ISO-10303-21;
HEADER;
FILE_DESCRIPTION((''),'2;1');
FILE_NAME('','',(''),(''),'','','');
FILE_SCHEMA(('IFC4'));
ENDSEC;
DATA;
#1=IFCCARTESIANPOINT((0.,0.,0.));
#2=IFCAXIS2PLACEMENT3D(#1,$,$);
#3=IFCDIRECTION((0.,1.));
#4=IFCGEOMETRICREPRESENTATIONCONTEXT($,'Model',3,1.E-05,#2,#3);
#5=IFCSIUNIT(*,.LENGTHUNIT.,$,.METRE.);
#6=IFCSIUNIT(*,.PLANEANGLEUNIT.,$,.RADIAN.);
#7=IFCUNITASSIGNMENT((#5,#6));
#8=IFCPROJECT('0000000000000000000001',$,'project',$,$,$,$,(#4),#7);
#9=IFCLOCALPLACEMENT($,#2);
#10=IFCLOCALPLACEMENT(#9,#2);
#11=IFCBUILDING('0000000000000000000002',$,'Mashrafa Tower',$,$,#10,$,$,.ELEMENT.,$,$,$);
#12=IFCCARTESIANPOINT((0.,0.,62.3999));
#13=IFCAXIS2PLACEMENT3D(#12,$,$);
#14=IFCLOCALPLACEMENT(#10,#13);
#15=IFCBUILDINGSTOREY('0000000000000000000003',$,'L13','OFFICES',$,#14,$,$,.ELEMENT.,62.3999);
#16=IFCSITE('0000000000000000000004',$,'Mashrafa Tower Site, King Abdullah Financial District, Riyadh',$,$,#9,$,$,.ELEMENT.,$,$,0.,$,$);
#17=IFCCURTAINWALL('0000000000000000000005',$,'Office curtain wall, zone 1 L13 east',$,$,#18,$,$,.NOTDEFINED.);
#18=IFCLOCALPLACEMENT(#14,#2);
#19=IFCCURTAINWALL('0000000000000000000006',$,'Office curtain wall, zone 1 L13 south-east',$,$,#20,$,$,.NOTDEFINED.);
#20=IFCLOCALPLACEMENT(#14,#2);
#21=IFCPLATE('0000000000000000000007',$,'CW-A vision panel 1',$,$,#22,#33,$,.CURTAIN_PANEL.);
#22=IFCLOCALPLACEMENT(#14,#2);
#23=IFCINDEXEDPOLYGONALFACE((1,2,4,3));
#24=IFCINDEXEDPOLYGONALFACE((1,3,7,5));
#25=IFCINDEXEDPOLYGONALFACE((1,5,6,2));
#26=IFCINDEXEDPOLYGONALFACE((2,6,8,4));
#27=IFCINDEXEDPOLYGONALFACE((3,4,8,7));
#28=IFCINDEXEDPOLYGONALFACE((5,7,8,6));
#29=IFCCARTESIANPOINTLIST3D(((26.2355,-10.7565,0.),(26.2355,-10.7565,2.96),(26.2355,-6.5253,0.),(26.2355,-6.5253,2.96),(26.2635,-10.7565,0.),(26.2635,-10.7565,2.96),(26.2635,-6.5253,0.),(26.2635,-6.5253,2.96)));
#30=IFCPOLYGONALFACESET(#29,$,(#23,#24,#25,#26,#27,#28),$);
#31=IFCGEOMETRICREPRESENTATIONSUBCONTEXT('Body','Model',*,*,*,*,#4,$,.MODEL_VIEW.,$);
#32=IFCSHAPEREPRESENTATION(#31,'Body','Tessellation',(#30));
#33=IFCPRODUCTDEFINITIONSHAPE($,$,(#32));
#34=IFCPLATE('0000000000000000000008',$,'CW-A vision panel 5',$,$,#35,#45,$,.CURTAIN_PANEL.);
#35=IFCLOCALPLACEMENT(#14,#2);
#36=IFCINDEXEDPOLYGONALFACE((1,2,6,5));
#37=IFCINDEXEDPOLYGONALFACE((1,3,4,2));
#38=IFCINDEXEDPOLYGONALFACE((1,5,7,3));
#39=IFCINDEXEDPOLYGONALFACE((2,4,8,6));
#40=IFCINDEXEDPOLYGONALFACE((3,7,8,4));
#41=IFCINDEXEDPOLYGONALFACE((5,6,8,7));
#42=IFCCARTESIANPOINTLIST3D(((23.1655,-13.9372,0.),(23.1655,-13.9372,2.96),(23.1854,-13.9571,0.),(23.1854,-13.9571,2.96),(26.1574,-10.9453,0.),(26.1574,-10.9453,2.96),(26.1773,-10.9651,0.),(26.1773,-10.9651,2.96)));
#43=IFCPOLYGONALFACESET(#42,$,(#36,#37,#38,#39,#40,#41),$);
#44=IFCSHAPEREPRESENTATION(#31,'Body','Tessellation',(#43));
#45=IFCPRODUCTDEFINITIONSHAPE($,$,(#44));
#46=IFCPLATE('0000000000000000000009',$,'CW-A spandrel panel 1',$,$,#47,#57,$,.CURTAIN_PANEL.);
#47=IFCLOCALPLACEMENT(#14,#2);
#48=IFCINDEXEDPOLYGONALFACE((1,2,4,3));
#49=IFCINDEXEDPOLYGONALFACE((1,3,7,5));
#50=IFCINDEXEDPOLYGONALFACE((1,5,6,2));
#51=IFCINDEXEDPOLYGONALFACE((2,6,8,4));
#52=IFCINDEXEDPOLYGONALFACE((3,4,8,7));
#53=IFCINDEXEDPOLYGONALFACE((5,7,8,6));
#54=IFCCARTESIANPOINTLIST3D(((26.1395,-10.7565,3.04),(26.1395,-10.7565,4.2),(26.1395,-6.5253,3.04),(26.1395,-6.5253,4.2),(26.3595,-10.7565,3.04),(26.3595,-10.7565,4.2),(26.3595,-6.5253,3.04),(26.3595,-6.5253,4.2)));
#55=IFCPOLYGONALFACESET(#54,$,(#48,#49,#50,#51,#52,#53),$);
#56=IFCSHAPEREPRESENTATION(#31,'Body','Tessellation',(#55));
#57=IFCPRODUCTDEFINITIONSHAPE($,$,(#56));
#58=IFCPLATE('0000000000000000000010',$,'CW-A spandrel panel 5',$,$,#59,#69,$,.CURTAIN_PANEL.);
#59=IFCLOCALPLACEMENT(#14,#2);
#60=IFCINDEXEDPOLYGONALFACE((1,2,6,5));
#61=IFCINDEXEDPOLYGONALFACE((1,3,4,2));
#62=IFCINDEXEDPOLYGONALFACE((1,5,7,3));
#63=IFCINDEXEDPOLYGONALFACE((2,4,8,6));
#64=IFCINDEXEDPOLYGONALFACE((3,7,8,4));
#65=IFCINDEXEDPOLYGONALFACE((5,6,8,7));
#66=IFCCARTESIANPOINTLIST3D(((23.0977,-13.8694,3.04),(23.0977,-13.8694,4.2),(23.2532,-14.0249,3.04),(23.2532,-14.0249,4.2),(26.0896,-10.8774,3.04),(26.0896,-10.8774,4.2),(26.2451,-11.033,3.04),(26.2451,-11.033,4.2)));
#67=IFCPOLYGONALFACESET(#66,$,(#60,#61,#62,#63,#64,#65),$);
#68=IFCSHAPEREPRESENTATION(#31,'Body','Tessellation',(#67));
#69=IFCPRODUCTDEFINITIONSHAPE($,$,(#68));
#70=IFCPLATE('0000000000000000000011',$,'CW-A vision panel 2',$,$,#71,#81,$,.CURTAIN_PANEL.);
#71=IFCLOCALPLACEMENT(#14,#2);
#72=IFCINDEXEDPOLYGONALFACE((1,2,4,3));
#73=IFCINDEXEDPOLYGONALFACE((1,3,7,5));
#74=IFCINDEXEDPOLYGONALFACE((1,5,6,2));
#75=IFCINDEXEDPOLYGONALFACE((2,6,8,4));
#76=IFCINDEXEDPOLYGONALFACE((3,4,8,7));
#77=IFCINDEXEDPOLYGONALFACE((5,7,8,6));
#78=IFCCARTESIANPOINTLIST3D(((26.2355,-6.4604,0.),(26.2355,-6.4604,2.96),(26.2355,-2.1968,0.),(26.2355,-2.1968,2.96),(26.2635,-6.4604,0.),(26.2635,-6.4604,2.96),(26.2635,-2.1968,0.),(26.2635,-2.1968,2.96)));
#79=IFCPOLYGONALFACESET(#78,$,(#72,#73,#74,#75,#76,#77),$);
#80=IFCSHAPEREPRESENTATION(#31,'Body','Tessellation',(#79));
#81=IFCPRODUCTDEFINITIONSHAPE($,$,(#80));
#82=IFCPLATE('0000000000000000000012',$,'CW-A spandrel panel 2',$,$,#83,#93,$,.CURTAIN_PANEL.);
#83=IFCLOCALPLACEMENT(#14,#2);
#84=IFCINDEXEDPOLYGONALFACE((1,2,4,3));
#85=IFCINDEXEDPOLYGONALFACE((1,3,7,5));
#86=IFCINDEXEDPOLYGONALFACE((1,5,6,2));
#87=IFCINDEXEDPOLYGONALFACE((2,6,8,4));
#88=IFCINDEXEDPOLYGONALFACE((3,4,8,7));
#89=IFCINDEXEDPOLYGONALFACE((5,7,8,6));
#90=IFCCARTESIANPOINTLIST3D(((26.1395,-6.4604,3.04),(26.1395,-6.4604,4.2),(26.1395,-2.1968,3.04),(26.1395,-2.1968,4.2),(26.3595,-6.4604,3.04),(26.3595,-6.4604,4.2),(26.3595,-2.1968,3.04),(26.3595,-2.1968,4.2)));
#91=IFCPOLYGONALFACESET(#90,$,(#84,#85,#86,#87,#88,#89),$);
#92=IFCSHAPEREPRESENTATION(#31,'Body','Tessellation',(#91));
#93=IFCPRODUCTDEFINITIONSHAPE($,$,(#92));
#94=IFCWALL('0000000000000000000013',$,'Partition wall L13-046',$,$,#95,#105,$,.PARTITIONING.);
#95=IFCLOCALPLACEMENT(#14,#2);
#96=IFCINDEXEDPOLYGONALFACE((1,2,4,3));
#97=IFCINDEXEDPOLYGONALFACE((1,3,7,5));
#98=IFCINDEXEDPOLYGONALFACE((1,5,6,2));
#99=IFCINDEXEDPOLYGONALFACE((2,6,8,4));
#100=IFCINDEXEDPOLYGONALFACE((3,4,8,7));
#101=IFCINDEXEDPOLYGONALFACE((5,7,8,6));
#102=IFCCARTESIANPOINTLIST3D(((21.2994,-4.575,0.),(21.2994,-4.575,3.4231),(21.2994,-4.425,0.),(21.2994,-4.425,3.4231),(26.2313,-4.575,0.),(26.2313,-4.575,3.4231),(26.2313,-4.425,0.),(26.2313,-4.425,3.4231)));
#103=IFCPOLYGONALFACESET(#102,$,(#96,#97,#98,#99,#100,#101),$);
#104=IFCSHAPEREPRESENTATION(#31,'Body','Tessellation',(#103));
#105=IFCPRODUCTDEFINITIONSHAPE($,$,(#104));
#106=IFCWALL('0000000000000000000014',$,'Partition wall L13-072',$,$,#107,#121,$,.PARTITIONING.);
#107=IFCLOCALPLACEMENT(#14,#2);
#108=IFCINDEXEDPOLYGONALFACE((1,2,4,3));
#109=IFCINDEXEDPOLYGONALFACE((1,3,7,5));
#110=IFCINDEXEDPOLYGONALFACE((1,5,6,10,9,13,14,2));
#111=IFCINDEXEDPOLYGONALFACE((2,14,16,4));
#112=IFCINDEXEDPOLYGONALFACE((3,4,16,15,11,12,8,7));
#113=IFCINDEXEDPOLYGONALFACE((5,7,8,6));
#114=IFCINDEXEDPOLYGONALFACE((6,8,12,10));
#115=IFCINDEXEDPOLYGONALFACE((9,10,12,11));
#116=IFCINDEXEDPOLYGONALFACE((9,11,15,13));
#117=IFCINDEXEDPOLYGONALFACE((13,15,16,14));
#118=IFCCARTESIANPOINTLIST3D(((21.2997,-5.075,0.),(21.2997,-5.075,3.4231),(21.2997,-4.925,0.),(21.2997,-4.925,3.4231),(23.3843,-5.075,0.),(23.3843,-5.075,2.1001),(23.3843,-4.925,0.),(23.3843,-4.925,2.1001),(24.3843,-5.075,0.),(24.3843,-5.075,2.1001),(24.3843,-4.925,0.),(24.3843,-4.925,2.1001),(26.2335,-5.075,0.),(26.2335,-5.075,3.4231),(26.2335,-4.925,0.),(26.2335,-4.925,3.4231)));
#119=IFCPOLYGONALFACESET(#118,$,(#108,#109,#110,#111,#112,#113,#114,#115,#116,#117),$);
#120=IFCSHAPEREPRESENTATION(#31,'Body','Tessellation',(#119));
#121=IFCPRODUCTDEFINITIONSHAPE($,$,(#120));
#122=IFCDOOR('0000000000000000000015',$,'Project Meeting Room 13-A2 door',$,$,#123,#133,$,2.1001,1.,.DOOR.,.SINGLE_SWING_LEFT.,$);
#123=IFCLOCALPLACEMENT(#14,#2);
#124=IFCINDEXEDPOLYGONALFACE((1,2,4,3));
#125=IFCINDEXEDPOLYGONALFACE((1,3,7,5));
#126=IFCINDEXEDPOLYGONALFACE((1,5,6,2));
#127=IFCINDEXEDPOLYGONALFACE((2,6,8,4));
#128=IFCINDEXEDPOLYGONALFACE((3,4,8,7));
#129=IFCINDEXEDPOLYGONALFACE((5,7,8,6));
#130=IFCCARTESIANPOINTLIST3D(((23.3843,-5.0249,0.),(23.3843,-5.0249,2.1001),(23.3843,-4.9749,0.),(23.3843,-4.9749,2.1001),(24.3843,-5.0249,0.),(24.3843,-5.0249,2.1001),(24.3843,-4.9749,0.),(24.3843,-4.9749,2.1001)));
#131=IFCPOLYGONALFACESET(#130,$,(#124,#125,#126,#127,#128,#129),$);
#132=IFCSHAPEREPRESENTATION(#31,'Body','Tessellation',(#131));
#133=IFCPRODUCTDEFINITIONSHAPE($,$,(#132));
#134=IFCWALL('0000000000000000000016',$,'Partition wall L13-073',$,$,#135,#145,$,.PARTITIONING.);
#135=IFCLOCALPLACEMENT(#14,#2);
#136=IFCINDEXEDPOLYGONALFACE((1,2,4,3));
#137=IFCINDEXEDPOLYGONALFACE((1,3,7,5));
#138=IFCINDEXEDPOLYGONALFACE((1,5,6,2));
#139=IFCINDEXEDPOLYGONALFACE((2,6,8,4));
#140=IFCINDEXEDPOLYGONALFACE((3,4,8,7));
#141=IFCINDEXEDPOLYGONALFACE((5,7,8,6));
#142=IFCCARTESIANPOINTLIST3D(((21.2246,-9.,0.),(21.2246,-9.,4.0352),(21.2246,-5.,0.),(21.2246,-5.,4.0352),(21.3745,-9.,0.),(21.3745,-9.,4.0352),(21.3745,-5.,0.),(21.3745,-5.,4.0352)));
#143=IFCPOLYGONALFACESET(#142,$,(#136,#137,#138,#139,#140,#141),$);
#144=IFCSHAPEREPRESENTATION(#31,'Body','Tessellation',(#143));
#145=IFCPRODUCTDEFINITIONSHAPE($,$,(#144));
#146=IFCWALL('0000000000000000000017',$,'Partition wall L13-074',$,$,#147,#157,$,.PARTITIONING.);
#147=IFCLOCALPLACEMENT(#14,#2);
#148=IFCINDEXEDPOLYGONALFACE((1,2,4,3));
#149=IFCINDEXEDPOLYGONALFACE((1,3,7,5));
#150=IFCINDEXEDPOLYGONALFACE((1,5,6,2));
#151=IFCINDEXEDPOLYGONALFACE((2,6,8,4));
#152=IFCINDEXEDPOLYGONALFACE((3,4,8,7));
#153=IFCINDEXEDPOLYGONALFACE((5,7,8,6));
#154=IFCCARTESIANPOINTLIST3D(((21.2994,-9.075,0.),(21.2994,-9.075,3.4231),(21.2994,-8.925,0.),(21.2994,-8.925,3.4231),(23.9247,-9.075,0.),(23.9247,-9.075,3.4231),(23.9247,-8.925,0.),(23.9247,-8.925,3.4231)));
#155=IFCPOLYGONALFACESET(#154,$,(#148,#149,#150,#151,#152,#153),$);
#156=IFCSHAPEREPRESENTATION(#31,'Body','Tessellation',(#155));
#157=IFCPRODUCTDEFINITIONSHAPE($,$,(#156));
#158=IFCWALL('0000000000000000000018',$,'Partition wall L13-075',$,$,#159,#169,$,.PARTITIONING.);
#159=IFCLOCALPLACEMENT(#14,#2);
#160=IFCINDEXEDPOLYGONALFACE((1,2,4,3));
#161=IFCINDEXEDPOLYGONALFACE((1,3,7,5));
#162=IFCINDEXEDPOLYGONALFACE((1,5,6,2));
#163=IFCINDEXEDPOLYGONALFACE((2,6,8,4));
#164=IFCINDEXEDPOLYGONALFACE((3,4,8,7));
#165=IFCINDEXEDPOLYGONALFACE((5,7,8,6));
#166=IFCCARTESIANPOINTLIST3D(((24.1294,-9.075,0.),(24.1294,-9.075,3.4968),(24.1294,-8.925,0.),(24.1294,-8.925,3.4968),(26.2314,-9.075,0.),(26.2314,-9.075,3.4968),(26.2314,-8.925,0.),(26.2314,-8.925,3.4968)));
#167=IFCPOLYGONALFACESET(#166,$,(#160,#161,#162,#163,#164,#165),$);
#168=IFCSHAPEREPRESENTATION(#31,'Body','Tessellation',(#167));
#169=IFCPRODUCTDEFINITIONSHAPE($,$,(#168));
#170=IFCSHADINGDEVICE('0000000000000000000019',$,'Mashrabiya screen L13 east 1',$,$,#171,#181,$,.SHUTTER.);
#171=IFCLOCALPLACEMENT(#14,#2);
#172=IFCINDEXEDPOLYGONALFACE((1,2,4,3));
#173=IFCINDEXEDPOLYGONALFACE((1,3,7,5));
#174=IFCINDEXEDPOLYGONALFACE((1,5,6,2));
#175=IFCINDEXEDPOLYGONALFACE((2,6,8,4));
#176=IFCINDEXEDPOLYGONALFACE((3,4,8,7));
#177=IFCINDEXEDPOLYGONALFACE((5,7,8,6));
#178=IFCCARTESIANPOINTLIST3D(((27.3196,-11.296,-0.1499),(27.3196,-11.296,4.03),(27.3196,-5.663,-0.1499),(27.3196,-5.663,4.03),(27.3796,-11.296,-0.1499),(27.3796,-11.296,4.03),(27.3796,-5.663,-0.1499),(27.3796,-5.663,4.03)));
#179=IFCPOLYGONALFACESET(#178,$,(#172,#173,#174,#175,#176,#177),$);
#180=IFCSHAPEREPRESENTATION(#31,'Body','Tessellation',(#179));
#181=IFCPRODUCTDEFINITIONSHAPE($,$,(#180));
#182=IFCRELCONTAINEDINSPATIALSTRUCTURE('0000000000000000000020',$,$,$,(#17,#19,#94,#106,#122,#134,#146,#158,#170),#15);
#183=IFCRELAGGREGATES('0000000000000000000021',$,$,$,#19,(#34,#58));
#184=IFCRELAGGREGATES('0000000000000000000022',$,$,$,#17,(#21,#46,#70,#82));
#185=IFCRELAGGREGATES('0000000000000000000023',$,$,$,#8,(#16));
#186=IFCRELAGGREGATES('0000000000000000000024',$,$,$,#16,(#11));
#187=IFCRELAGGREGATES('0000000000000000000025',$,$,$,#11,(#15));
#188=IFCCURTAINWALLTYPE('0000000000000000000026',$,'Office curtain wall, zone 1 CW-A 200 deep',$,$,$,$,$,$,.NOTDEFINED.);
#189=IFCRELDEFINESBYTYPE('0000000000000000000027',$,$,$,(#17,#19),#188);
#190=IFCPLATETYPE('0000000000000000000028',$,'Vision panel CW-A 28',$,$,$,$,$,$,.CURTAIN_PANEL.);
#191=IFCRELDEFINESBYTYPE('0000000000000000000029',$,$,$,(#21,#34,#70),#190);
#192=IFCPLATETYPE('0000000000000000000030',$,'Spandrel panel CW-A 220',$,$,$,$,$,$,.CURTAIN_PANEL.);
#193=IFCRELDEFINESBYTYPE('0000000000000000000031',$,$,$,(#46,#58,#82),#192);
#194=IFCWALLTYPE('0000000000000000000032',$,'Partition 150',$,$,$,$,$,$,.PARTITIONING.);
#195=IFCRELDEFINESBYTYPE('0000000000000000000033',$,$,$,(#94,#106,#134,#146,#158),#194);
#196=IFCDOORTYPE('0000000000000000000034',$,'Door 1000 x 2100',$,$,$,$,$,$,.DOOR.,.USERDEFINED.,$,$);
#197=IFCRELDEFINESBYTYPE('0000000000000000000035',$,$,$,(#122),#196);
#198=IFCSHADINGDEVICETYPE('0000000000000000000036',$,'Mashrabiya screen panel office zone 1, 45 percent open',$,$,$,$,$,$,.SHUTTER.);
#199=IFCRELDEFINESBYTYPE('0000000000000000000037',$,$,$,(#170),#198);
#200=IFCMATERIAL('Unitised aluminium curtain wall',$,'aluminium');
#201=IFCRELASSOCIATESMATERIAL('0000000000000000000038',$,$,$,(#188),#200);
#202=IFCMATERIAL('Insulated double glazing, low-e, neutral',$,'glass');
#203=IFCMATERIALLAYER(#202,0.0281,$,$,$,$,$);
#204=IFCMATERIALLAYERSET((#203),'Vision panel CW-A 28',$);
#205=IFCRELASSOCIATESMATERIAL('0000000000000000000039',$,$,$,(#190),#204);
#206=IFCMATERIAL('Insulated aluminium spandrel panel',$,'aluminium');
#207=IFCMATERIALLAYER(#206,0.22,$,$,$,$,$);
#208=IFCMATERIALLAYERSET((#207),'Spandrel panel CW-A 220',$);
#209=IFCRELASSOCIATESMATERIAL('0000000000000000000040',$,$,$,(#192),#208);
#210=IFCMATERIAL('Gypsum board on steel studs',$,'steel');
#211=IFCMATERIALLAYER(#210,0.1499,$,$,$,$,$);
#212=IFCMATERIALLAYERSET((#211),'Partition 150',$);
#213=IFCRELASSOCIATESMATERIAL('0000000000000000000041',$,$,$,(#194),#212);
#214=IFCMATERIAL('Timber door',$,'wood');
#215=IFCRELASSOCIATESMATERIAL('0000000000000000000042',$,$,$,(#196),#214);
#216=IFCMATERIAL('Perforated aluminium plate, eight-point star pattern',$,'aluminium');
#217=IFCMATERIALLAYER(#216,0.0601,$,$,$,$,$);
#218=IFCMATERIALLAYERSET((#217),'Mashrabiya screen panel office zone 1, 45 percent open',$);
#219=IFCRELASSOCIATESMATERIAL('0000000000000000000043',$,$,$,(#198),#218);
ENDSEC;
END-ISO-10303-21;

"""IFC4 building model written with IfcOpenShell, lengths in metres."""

from ifc_helpers import new_model, si_unit, direction, frame, frame_2d, origin, origin_2d, place, context, subcontext, project, spatial, rectangle, extrude, source, transform, mapped, material, layer, layer_set, type_object, type_shapes, element, fill, aggregate, save


model = new_model("IFC4")

# Units and contexts
model_context = context("Model", 3, precision=1e-05, world=origin(), true_north=direction((0.0, 1.0)))
body_context = subcontext(model_context, "Body", "Model", "MODEL_VIEW")
ifc_project = project(units=[si_unit("LENGTHUNIT", "METRE"), si_unit("PLANEANGLEUNIT", "RADIAN")], contexts=[model_context])

# Site, building, storey
site_placement = place(None, origin())
site = spatial("IfcSite", under=ifc_project, at=site_placement, Name="Mashrafa Tower Site, King Abdullah Financial District, Riyadh", CompositionType="ELEMENT", RefElevation=0.0)
building_placement = place(site_placement, origin())
building = spatial("IfcBuilding", under=site, at=building_placement, Name="Mashrafa Tower", CompositionType="ELEMENT")
storey_placement = place(building_placement, frame((0.0, 0.0, 62.3999)))
storey = spatial("IfcBuildingStorey", under=building, at=storey_placement, Name="L13", Description="OFFICES", CompositionType="ELEMENT", Elevation=62.3999)

# Curtain wall
ifc_material_1 = material(Name="Unitised aluminium curtain wall", Category="aluminium")
curtain_wall_type = type_object("IfcCurtainWallType", Name="Office curtain wall, zone 1 CW-A 200 deep", PredefinedType="NOTDEFINED", material=ifc_material_1)
curtain_wall_1_placement = place(storey_placement, origin())
curtain_wall_1 = element("IfcCurtainWall", 1, at=curtain_wall_1_placement, inside=storey, type_object=curtain_wall_type, Name="Office curtain wall, zone 1 L13 east", PredefinedType="NOTDEFINED")

# Curtain wall
curtain_wall_2_placement = place(storey_placement, origin())
curtain_wall_2 = element("IfcCurtainWall", 2, at=curtain_wall_2_placement, inside=storey, type_object=curtain_wall_type, Name="Office curtain wall, zone 1 L13 south-east", PredefinedType="NOTDEFINED")

# Plates
ifc_material_2 = material(Name="Insulated double glazing, low-e, neutral", Category="glass")
ifc_layer_1 = layer(ifc_material_2, 0.0281)
ifc_layer_set_1 = layer_set([ifc_layer_1], Name="Vision panel CW-A 28")
plate_type_1 = type_object("IfcPlateType", Name="Vision panel CW-A 28", PredefinedType="CURTAIN_PANEL", material=ifc_layer_set_1)
shared_shape_1 = source(origin(), body_context, "Body", "SweptSolid", [
    extrude(rectangle(XDim=4.2312, YDim=0.0281, at=origin_2d()), origin(), (0.0, 0.0, 1.0), 2.96),
])
plate_1_placement = place(storey_placement, frame((26.2495, -8.6409, 0.0), z_axis=(0.0, 0.0, 1.0), x_axis=(0.0, 1.0, 0.0)))
plate_1 = element("IfcPlate", 3, at=plate_1_placement, type_object=plate_type_1, Name="CW-A vision panel 1", PredefinedType="CURTAIN_PANEL", context=body_context, shape_type="MappedRepresentation", body=[
    mapped(shared_shape_1, transform((0.0, 0.0, 0.0))),
])
plate_2_placement = place(storey_placement, frame((24.6714, -12.4512, 0.0), z_axis=(0.0, 0.0, 1.0), x_axis=(0.707107, 0.707107, 0.0)))
plate_2 = element("IfcPlate", 4, at=plate_2_placement, type_object=plate_type_1, Name="CW-A vision panel 5", PredefinedType="CURTAIN_PANEL", context=body_context, shape_type="MappedRepresentation", body=[
    mapped(shared_shape_1, transform((0.0, 0.0, 0.0))),
])
ifc_material_3 = material(Name="Insulated aluminium spandrel panel", Category="aluminium")
ifc_layer_2 = layer(ifc_material_3, 0.22)
ifc_layer_set_2 = layer_set([ifc_layer_2], Name="Spandrel panel CW-A 220")
plate_type_2 = type_object("IfcPlateType", Name="Spandrel panel CW-A 220", PredefinedType="CURTAIN_PANEL", material=ifc_layer_set_2)
shared_shape_2 = source(origin(), body_context, "Body", "SweptSolid", [
    extrude(rectangle(XDim=4.2312, YDim=0.22, at=origin_2d()), origin(), (0.0, 0.0, 1.0), 1.1599),
])
plate_3_placement = place(storey_placement, frame((26.2495, -8.6409, 3.04), z_axis=(0.0, 0.0, 1.0), x_axis=(0.0, 1.0, 0.0)))
plate_3 = element("IfcPlate", 5, at=plate_3_placement, type_object=plate_type_2, Name="CW-A spandrel panel 1", PredefinedType="CURTAIN_PANEL", context=body_context, shape_type="MappedRepresentation", body=[
    mapped(shared_shape_2, transform((0.0, 0.0, 0.0))),
])
plate_4_placement = place(storey_placement, frame((24.6714, -12.4512, 3.04), z_axis=(0.0, 0.0, 1.0), x_axis=(0.707107, 0.707107, 0.0)))
plate_4 = element("IfcPlate", 6, at=plate_4_placement, type_object=plate_type_2, Name="CW-A spandrel panel 5", PredefinedType="CURTAIN_PANEL", context=body_context, shape_type="MappedRepresentation", body=[
    mapped(shared_shape_2, transform((0.0, 0.0, 0.0))),
])
aggregate(curtain_wall_2, [plate_2, plate_4])
shared_shape_3 = source(origin(), body_context, "Body", "SweptSolid", [
    extrude(rectangle(XDim=4.2637, YDim=0.0281, at=origin_2d()), origin(), (0.0, 0.0, 1.0), 2.96),
])
type_shapes(plate_type_1, [shared_shape_1, shared_shape_3])
plate_5_placement = place(storey_placement, frame((26.2495, -4.3286, 0.0), z_axis=(0.0, 0.0, 1.0), x_axis=(0.0, 1.0, 0.0)))
plate_5 = element("IfcPlate", 7, at=plate_5_placement, type_object=plate_type_1, Name="CW-A vision panel 2", PredefinedType="CURTAIN_PANEL", context=body_context, shape_type="MappedRepresentation", body=[
    mapped(shared_shape_3, transform((0.0, 0.0, 0.0))),
])
shared_shape_4 = source(origin(), body_context, "Body", "SweptSolid", [
    extrude(rectangle(XDim=4.2637, YDim=0.22, at=origin_2d()), origin(), (0.0, 0.0, 1.0), 1.1599),
])
type_shapes(plate_type_2, [shared_shape_2, shared_shape_4])
plate_6_placement = place(storey_placement, frame((26.2495, -4.3286, 3.04), z_axis=(0.0, 0.0, 1.0), x_axis=(0.0, 1.0, 0.0)))
plate_6 = element("IfcPlate", 8, at=plate_6_placement, type_object=plate_type_2, Name="CW-A spandrel panel 2", PredefinedType="CURTAIN_PANEL", context=body_context, shape_type="MappedRepresentation", body=[
    mapped(shared_shape_4, transform((0.0, 0.0, 0.0))),
])
aggregate(curtain_wall_1, [plate_1, plate_3, plate_5, plate_6])

# Wall
ifc_material_4 = material(Name="Gypsum board on steel studs", Category="steel")
ifc_layer_3 = layer(ifc_material_4, 0.1499)
ifc_layer_set_3 = layer_set([ifc_layer_3], Name="Partition 150")
wall_type = type_object("IfcWallType", Name="Partition 150", PredefinedType="PARTITIONING", material=ifc_layer_set_3)
wall_1_placement = place(storey_placement, frame((21.2996, -4.5, 0.0), z_axis=(0.0, 0.0, 1.0), x_axis=(1.0, 0.0, 0.0)))
element("IfcWall", 9, at=wall_1_placement, inside=storey, type_object=wall_type, Name="Partition wall L13-046", PredefinedType="PARTITIONING", context=body_context, shape_type="SweptSolid", body=[
    extrude(rectangle(XDim=4.9319, YDim=0.1499, at=frame_2d((2.4658, 0.0))), origin(), (0.0, 0.0, 1.0), 3.4231),
])

# Wall, opening, door
wall_2_placement = place(storey_placement, frame((26.2334, -5.0, 0.0), z_axis=(0.0, 0.0, 1.0), x_axis=(-1.0, 0.0, 0.0)))
wall_2 = element("IfcWall", 10, at=wall_2_placement, inside=storey, type_object=wall_type, Name="Partition wall L13-072", PredefinedType="PARTITIONING", context=body_context, shape_type="SweptSolid", body=[
    extrude(rectangle(XDim=4.9338, YDim=0.1499, at=frame_2d((2.4668, 0.0))), origin(), (0.0, 0.0, 1.0), 3.4231),
])
opening_placement = place(wall_2_placement, frame((1.8491, 0.0, 0.0)))
opening = element("IfcOpeningElement", 11, at=opening_placement, cuts=wall_2, PredefinedType="OPENING", context=body_context, shape_type="SweptSolid", body=[
    extrude(rectangle(XDim=1.0, YDim=2.1001, at=frame_2d((0.5, 1.05))), frame((0.0, 0.085, 0.0), z_axis=(0.0, -1.0, 0.0), x_axis=(1.0, 0.0, 0.0)), (0.0, 0.0, 1.0), 0.1699),
])
ifc_material_5 = material(Name="Timber door", Category="wood")
door_type = type_object("IfcDoorType", Name="Door 1000 x 2100", OperationType="USERDEFINED", PredefinedType="DOOR", material=ifc_material_5)
door_placement = place(opening_placement, origin())
door = element("IfcDoor", 12, at=door_placement, inside=storey, type_object=door_type, Name="Project Meeting Room 13-A2 door", OperationType="SINGLE_SWING_LEFT", OverallHeight=2.1001, OverallWidth=1.0, PredefinedType="DOOR", context=body_context, shape_type="SweptSolid", body=[
    extrude(rectangle(XDim=1.0, YDim=2.1001, at=frame_2d((0.5, 1.05))), frame((0.0, 0.0249, 0.0), z_axis=(0.0, -1.0, 0.0), x_axis=(1.0, 0.0, 0.0)), (0.0, 0.0, 1.0), 0.05),
])
fill(opening, door)

# Walls
wall_3_placement = place(storey_placement, frame((21.2996, -5.0, 0.0), z_axis=(0.0, 0.0, 1.0), x_axis=(0.0, -1.0, 0.0)))
element("IfcWall", 13, at=wall_3_placement, inside=storey, type_object=wall_type, Name="Partition wall L13-073", PredefinedType="PARTITIONING", context=body_context, shape_type="SweptSolid", body=[
    extrude(rectangle(XDim=4.0, YDim=0.1499, at=frame_2d((2.0, 0.0))), origin(), (0.0, 0.0, 1.0), 4.0352),
])
wall_4_placement = place(storey_placement, frame((21.2996, -9.0, 0.0), z_axis=(0.0, 0.0, 1.0), x_axis=(1.0, 0.0, 0.0)))
element("IfcWall", 14, at=wall_4_placement, inside=storey, type_object=wall_type, Name="Partition wall L13-074", PredefinedType="PARTITIONING", context=body_context, shape_type="SweptSolid", body=[
    extrude(rectangle(XDim=2.6252, YDim=0.1499, at=frame_2d((1.3125, 0.0))), origin(), (0.0, 0.0, 1.0), 3.4231),
])
wall_5_placement = place(storey_placement, frame((24.1294, -9.0, 0.0), z_axis=(0.0, 0.0, 1.0), x_axis=(1.0, 0.0, 0.0)))
element("IfcWall", 15, at=wall_5_placement, inside=storey, type_object=wall_type, Name="Partition wall L13-075", PredefinedType="PARTITIONING", context=body_context, shape_type="SweptSolid", body=[
    extrude(rectangle(XDim=2.1021, YDim=0.1499, at=frame_2d((1.051, 0.0))), origin(), (0.0, 0.0, 1.0), 3.4968),
])

# Shading device
ifc_material_6 = material(Name="Perforated aluminium plate, eight-point star pattern", Category="aluminium")
ifc_layer_4 = layer(ifc_material_6, 0.0601)
ifc_layer_set_4 = layer_set([ifc_layer_4], Name="Mashrabiya screen panel office zone 1, 45 percent open")
shading_device_type = type_object("IfcShadingDeviceType", Name="Mashrabiya screen panel office zone 1, 45 percent open", PredefinedType="SHUTTER", material=ifc_layer_set_4)
shared_shape_5 = source(origin(), body_context, "Body", "SweptSolid", [
    extrude(rectangle(XDim=5.6331, YDim=0.0601, at=origin_2d()), origin(), (0.0, 0.0, 1.0), 4.1799),
])
type_shapes(shading_device_type, [shared_shape_5])
for number, where, z_axis, x_axis, name in (
    (16, (27.3496, -8.4795, -0.1499), (0.0, 0.0, 1.0), (0.0, 1.0, 0.0), "Mashrabiya screen L13 east 1"),
):
    element("IfcShadingDevice", number, at=place(storey_placement, frame(where, z_axis=z_axis, x_axis=x_axis)), inside=storey, type_object=shading_device_type, Name=name, PredefinedType="SHUTTER", context=body_context, shape_type="MappedRepresentation", body=[
        mapped(shared_shape_5, transform((0.0, 0.0, 0.0))),
    ])

save(model, "model.ifc")
